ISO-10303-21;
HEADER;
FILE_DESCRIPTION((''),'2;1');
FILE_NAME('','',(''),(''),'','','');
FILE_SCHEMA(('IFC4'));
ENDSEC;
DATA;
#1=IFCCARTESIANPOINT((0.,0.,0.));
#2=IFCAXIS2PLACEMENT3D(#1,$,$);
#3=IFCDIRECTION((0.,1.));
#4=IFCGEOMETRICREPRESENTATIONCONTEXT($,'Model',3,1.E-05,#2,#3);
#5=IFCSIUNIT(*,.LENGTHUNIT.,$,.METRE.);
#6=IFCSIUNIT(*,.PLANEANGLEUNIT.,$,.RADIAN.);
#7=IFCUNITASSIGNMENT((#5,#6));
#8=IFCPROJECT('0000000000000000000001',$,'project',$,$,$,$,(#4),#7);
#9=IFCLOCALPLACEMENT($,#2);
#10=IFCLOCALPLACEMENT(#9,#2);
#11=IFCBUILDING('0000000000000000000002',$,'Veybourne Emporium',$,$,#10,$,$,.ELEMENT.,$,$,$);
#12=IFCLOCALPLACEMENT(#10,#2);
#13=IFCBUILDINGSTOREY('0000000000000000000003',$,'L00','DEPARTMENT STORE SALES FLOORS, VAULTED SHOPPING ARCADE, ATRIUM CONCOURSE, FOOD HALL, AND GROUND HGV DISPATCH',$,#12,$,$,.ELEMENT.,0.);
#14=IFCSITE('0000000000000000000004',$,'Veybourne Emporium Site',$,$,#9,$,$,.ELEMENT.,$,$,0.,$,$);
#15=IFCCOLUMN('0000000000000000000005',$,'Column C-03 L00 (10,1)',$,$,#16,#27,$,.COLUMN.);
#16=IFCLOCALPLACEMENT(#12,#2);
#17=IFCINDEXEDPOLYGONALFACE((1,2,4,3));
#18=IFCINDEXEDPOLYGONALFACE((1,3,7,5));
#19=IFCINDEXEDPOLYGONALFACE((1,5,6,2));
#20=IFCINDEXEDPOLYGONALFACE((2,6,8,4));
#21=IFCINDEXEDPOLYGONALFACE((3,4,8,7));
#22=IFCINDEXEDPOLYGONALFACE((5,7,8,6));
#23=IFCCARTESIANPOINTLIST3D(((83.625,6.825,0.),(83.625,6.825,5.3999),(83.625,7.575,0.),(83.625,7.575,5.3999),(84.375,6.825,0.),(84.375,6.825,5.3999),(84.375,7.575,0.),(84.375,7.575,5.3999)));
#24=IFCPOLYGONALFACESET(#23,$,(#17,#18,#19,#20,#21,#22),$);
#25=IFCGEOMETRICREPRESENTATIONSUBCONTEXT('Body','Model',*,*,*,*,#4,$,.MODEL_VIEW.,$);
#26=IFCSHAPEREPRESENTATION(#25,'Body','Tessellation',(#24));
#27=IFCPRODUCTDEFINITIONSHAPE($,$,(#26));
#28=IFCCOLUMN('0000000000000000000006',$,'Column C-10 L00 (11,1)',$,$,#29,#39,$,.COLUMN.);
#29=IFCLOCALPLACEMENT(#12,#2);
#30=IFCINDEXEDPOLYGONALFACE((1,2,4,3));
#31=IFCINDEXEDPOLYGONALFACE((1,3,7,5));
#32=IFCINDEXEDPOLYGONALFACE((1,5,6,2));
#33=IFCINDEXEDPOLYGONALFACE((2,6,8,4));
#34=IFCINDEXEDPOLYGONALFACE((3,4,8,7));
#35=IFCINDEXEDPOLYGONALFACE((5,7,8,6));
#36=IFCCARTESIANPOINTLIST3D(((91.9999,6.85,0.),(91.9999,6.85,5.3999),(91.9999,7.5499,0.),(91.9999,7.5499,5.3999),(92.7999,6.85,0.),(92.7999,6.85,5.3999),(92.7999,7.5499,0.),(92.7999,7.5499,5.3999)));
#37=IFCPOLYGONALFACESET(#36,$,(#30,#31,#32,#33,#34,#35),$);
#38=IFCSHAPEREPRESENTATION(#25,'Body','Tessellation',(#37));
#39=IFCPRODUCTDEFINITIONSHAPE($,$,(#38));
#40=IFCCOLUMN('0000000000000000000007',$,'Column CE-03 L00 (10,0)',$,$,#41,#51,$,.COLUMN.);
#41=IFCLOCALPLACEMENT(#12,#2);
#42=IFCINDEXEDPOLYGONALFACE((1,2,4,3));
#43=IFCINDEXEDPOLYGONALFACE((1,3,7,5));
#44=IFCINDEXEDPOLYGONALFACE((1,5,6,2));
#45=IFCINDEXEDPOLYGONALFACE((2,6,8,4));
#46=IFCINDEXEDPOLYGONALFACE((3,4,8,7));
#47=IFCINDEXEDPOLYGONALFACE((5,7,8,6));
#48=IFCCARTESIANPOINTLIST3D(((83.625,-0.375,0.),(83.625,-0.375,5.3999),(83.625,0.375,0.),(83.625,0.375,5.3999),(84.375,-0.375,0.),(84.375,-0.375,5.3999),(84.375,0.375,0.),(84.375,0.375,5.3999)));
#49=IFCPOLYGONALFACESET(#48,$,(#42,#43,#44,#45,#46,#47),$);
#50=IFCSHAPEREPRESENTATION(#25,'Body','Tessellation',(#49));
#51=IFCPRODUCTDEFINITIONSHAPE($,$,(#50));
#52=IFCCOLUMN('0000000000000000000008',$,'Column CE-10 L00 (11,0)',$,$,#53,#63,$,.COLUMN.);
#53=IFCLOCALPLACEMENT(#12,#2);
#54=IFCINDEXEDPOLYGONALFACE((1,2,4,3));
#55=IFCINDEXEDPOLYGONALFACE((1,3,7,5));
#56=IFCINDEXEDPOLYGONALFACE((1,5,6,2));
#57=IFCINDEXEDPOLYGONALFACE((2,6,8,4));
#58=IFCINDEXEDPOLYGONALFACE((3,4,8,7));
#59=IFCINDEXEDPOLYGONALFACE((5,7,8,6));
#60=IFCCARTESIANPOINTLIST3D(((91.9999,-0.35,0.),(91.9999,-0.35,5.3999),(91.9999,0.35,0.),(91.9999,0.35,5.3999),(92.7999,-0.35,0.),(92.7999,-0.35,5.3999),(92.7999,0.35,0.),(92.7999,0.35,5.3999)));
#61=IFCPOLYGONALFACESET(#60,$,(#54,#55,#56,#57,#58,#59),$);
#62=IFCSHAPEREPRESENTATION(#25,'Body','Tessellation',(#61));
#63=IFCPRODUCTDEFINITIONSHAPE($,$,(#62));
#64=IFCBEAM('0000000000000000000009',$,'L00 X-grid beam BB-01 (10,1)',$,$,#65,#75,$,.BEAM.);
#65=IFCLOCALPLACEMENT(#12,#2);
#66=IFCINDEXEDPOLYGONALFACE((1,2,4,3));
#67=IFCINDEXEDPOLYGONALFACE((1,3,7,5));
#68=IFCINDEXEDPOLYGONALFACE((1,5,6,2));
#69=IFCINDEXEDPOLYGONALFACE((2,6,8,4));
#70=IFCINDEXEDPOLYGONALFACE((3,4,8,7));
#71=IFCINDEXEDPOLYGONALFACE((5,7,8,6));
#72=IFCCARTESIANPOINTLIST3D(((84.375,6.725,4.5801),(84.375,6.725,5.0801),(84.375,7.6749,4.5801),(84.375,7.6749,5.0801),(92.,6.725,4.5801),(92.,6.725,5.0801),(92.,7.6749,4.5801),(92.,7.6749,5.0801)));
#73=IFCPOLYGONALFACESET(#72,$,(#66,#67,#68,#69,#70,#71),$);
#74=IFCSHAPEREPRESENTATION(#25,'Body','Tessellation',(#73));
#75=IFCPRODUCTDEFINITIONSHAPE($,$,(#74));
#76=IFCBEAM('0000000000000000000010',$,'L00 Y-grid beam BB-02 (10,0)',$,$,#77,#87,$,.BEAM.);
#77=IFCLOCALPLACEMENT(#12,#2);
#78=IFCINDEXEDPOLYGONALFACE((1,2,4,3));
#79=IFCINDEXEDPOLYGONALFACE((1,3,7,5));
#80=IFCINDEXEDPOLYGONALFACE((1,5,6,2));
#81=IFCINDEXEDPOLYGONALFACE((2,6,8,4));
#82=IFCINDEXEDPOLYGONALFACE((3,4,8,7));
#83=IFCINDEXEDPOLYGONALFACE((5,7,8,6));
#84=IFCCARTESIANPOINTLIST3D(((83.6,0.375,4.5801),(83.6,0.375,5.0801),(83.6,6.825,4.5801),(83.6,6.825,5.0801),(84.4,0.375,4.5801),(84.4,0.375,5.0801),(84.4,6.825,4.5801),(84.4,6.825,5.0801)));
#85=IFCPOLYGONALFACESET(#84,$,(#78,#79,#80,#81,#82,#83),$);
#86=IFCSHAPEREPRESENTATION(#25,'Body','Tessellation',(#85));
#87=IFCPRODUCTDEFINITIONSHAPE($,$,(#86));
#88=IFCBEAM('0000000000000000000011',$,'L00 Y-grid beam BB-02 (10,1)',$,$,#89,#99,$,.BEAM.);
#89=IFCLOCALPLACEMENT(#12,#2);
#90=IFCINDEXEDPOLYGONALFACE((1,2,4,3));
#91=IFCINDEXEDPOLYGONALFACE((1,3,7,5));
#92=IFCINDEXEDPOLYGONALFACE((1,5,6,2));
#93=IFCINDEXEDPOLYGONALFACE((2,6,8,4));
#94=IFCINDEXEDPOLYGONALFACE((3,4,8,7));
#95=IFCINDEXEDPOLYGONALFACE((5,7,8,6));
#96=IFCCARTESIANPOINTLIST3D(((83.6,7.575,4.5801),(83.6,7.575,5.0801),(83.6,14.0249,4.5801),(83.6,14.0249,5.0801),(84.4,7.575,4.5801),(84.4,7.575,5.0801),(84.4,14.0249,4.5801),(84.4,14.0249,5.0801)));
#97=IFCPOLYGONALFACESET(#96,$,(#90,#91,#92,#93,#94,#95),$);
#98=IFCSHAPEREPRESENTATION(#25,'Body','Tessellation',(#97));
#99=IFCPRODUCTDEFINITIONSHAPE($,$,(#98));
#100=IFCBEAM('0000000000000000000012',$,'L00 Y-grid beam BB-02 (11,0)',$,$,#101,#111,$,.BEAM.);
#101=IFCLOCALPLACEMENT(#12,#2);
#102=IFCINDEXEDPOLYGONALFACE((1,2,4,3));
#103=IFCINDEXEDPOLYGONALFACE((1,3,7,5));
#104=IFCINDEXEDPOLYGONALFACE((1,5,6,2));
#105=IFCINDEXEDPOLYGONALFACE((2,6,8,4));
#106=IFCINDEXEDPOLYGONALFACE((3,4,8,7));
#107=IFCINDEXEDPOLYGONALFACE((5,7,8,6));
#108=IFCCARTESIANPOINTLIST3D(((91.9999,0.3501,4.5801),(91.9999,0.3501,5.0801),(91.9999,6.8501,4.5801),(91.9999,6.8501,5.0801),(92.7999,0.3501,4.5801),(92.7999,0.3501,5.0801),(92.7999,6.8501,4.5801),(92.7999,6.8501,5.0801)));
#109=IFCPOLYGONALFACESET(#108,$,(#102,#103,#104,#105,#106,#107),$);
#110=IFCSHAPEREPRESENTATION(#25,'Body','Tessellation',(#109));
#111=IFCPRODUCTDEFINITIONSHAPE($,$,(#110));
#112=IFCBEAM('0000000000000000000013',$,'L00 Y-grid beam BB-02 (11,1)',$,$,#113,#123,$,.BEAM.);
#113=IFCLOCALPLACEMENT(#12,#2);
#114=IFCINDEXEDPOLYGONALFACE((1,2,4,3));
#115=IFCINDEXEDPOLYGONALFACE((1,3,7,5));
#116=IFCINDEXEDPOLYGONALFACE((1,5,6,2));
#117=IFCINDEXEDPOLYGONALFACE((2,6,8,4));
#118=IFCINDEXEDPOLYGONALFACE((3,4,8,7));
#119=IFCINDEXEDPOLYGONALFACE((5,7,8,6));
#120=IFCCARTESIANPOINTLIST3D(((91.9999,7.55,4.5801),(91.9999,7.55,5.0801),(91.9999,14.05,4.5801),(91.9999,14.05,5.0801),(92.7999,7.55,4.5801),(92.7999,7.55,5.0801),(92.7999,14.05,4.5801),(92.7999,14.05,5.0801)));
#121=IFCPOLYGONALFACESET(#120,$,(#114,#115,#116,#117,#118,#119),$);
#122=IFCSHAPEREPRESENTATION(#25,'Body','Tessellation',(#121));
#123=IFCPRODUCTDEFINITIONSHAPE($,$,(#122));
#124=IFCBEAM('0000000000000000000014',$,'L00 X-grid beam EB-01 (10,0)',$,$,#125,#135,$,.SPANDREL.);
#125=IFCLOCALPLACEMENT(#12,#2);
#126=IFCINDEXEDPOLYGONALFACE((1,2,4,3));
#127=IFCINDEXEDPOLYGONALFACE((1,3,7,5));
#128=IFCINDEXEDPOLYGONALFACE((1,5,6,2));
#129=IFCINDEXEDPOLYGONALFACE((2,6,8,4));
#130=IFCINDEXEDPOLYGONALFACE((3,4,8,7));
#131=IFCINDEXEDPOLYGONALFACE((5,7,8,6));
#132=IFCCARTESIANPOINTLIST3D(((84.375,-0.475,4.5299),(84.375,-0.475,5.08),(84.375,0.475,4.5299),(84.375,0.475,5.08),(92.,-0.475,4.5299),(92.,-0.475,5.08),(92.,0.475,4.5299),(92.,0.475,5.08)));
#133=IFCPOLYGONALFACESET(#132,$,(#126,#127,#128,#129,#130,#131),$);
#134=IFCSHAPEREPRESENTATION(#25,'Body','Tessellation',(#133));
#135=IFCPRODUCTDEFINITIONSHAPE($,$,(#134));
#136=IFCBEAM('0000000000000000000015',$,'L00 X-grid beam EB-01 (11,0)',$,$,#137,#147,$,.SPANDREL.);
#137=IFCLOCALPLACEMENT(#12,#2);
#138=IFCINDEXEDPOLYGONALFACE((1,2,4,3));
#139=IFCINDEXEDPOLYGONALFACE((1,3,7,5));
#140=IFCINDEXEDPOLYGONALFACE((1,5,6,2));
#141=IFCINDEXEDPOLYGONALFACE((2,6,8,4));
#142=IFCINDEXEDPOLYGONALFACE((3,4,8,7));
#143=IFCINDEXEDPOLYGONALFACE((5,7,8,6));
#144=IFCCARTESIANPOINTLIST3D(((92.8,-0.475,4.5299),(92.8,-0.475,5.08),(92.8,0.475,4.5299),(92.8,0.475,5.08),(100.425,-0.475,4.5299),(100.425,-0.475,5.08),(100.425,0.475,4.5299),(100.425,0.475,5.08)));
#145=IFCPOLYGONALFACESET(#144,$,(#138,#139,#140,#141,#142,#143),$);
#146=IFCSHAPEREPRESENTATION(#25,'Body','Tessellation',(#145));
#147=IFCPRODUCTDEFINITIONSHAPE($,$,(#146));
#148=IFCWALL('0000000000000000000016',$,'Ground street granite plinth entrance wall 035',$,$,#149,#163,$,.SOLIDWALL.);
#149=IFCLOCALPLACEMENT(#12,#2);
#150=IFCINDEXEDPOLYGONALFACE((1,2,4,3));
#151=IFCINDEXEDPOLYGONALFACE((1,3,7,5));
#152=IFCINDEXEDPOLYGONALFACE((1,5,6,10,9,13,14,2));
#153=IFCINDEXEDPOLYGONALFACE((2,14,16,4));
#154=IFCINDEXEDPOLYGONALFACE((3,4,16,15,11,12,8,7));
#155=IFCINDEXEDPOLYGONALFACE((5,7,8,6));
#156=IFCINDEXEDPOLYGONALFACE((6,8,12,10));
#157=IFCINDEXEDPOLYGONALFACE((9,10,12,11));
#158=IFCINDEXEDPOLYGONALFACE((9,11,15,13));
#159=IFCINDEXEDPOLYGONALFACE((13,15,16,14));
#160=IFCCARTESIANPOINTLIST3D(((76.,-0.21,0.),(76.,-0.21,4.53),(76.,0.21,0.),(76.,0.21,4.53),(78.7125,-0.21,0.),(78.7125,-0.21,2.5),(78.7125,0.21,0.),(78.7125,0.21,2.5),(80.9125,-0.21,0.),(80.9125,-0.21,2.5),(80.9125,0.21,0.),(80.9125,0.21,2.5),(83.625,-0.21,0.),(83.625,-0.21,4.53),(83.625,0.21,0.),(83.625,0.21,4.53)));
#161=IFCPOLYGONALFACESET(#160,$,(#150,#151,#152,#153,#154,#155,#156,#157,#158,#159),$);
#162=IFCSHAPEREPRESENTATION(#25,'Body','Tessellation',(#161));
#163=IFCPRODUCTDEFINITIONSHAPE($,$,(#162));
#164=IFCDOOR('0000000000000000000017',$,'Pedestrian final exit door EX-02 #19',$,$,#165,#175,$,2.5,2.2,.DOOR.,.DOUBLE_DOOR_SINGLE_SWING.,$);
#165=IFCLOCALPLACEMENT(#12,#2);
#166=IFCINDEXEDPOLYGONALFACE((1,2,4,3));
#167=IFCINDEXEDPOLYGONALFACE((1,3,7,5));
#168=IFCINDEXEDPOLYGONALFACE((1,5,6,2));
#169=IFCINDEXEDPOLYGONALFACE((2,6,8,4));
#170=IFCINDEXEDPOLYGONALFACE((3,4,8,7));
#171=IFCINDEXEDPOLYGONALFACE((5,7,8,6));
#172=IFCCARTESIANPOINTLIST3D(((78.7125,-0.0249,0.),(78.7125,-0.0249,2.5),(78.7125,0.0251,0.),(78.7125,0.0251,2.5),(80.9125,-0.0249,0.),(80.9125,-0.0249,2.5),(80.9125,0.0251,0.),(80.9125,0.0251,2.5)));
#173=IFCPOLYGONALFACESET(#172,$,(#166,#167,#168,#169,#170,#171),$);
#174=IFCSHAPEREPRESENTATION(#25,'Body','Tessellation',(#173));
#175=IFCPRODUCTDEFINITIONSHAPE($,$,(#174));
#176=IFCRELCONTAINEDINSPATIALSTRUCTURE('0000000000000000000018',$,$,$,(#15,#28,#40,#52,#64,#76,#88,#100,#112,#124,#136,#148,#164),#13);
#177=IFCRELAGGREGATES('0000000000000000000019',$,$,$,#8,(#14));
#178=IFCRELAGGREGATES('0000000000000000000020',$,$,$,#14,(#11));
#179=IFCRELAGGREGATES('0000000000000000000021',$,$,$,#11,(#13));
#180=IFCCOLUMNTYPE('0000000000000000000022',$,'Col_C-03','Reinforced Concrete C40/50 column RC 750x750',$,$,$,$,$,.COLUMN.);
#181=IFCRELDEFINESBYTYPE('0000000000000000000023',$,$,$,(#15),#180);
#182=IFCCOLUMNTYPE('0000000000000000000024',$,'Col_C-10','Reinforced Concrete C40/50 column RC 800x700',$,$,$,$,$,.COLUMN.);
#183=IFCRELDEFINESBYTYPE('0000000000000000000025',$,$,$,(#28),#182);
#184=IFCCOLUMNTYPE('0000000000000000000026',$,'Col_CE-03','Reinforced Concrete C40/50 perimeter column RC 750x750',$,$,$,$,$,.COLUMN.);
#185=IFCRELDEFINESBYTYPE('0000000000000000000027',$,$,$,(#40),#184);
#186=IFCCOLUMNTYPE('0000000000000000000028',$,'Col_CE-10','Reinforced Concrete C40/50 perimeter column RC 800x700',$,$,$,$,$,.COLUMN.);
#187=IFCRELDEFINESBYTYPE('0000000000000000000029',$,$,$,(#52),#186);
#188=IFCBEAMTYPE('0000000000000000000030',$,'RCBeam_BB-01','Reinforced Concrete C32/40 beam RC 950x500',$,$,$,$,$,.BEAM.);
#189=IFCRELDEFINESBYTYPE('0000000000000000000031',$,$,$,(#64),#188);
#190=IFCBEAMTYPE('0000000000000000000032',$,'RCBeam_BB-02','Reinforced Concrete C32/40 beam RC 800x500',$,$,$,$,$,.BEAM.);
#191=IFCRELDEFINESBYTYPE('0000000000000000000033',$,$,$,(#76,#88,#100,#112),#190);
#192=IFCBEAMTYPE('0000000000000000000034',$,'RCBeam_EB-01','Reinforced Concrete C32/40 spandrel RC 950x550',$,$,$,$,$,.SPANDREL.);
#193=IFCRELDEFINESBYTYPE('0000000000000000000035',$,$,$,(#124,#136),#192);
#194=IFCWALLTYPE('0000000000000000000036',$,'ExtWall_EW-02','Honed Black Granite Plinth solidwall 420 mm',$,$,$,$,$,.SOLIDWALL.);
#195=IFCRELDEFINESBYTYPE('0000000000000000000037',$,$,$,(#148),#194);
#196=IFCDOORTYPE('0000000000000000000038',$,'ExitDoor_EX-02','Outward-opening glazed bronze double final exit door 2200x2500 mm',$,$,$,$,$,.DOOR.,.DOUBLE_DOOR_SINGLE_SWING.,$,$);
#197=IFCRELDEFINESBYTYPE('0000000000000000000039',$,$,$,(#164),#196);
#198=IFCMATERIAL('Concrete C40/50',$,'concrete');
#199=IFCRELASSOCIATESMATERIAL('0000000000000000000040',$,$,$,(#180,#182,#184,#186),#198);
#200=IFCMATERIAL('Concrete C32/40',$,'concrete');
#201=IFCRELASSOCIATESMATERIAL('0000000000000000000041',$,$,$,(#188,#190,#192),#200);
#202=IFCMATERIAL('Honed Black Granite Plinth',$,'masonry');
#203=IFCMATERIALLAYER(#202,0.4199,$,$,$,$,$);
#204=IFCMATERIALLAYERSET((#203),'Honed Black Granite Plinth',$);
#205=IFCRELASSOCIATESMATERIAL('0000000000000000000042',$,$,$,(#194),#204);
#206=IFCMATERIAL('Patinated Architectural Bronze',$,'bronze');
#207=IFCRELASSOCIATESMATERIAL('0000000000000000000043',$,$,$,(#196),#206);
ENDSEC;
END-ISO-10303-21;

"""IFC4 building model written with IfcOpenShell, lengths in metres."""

from ifc_helpers import new_model, si_unit, direction, frame, frame_2d, origin, origin_2d, place, context, subcontext, project, spatial, rectangle, extrude, material, layer, layer_set, material_profile, profile_set, type_object, element, fill, save


model = new_model("IFC4")

# Units and contexts
model_context = context("Model", 3, precision=1e-05, world=origin(), true_north=direction((0.0, 1.0)))
body_context = subcontext(model_context, "Body", "Model", "MODEL_VIEW")
ifc_project = project(units=[si_unit("LENGTHUNIT", "METRE"), si_unit("PLANEANGLEUNIT", "RADIAN")], contexts=[model_context])

# Site, building, storey
site_placement = place(None, origin())
site = spatial("IfcSite", under=ifc_project, at=site_placement, Name="Veybourne Emporium Site", CompositionType="ELEMENT", RefElevation=0.0)
building_placement = place(site_placement, origin())
building = spatial("IfcBuilding", under=site, at=building_placement, Name="Veybourne Emporium", CompositionType="ELEMENT")
storey_placement = place(building_placement, origin())
storey = spatial("IfcBuildingStorey", under=building, at=storey_placement, Name="L00", Description="DEPARTMENT STORE SALES FLOORS, VAULTED SHOPPING ARCADE, ATRIUM CONCOURSE, FOOD HALL, AND GROUND HGV DISPATCH", CompositionType="ELEMENT", Elevation=0.0)

# Columns
ifc_material_1 = material(Name="Concrete C40/50", Category="concrete")
ifc_material_profile_1 = material_profile(ifc_material_1, rectangle(XDim=0.75, YDim=0.75, at=origin_2d()), Name="RC 750x750")
ifc_profile_set_1 = profile_set([ifc_material_profile_1], Name="Concrete C40/50")
column_type_1 = type_object("IfcColumnType", Name="Col_C-03", Description="Reinforced Concrete C40/50 column RC 750x750", PredefinedType="COLUMN", material=ifc_profile_set_1)
column_1_placement = place(storey_placement, frame((84.0, 7.2, 0.0), z_axis=(0.0, 0.0, 1.0), x_axis=(1.0, 0.0, 0.0)))
element("IfcColumn", 1, at=column_1_placement, inside=storey, type_object=column_type_1, Name="Column C-03 L00 (10,1)", PredefinedType="COLUMN", context=body_context, shape_type="SweptSolid", body=[
    extrude(rectangle(XDim=0.75, YDim=0.75, at=origin_2d()), origin(), (0.0, 0.0, 1.0), 5.3999),
])
ifc_material_profile_2 = material_profile(ifc_material_1, rectangle(XDim=0.8, YDim=0.7, at=origin_2d()), Name="RC 800x700")
ifc_profile_set_2 = profile_set([ifc_material_profile_2], Name="Concrete C40/50")
column_type_2 = type_object("IfcColumnType", Name="Col_C-10", Description="Reinforced Concrete C40/50 column RC 800x700", PredefinedType="COLUMN", material=ifc_profile_set_2)
column_2_placement = place(storey_placement, frame((92.3999, 7.2, 0.0), z_axis=(0.0, 0.0, 1.0), x_axis=(1.0, 0.0, 0.0)))
element("IfcColumn", 2, at=column_2_placement, inside=storey, type_object=column_type_2, Name="Column C-10 L00 (11,1)", PredefinedType="COLUMN", context=body_context, shape_type="SweptSolid", body=[
    extrude(rectangle(XDim=0.8, YDim=0.7, at=origin_2d()), origin(), (0.0, 0.0, 1.0), 5.3999),
])
ifc_material_profile_3 = material_profile(ifc_material_1, rectangle(XDim=0.75, YDim=0.75, at=origin_2d()), Name="RC 750x750")
ifc_profile_set_3 = profile_set([ifc_material_profile_3], Name="Concrete C40/50")
column_type_3 = type_object("IfcColumnType", Name="Col_CE-03", Description="Reinforced Concrete C40/50 perimeter column RC 750x750", PredefinedType="COLUMN", material=ifc_profile_set_3)
column_3_placement = place(storey_placement, frame((84.0, 0.0, 0.0), z_axis=(0.0, 0.0, 1.0), x_axis=(1.0, 0.0, 0.0)))
element("IfcColumn", 3, at=column_3_placement, inside=storey, type_object=column_type_3, Name="Column CE-03 L00 (10,0)", PredefinedType="COLUMN", context=body_context, shape_type="SweptSolid", body=[
    extrude(rectangle(XDim=0.75, YDim=0.75, at=origin_2d()), origin(), (0.0, 0.0, 1.0), 5.3999),
])
ifc_material_profile_4 = material_profile(ifc_material_1, rectangle(XDim=0.8, YDim=0.7, at=origin_2d()), Name="RC 800x700")
ifc_profile_set_4 = profile_set([ifc_material_profile_4], Name="Concrete C40/50")
column_type_4 = type_object("IfcColumnType", Name="Col_CE-10", Description="Reinforced Concrete C40/50 perimeter column RC 800x700", PredefinedType="COLUMN", material=ifc_profile_set_4)
column_4_placement = place(storey_placement, frame((92.3999, 0.0, 0.0), z_axis=(0.0, 0.0, 1.0), x_axis=(1.0, 0.0, 0.0)))
element("IfcColumn", 4, at=column_4_placement, inside=storey, type_object=column_type_4, Name="Column CE-10 L00 (11,0)", PredefinedType="COLUMN", context=body_context, shape_type="SweptSolid", body=[
    extrude(rectangle(XDim=0.8, YDim=0.7, at=origin_2d()), origin(), (0.0, 0.0, 1.0), 5.3999),
])

# Beams
ifc_material_2 = material(Name="Concrete C32/40", Category="concrete")
ifc_material_profile_5 = material_profile(ifc_material_2, rectangle(XDim=0.95, YDim=0.5, at=origin_2d()), Name="RC 950x500")
ifc_profile_set_5 = profile_set([ifc_material_profile_5], Name="Concrete C32/40")
beam_type_1 = type_object("IfcBeamType", Name="RCBeam_BB-01", Description="Reinforced Concrete C32/40 beam RC 950x500", PredefinedType="BEAM", material=ifc_profile_set_5)
beam_placement = place(storey_placement, frame((84.375, 7.2, 4.8301), z_axis=(1.0, 0.0, 0.0), x_axis=(0.0, 1.0, 0.0)))
element("IfcBeam", 5, at=beam_placement, inside=storey, type_object=beam_type_1, Name="L00 X-grid beam BB-01 (10,1)", PredefinedType="BEAM", context=body_context, shape_type="SweptSolid", body=[
    extrude(rectangle(XDim=0.95, YDim=0.5, at=origin_2d()), origin(), (0.0, 0.0, 1.0), 7.625),
])
ifc_material_profile_6 = material_profile(ifc_material_2, rectangle(XDim=0.8, YDim=0.5, at=origin_2d()), Name="RC 800x500")
ifc_profile_set_6 = profile_set([ifc_material_profile_6], Name="Concrete C32/40")
beam_type_2 = type_object("IfcBeamType", Name="RCBeam_BB-02", Description="Reinforced Concrete C32/40 beam RC 800x500", PredefinedType="BEAM", material=ifc_profile_set_6)
for number, where, z_axis, x_axis, name in (
    (6, (84.0, 0.375, 4.8301), (0.0, 1.0, 0.0), (-1.0, 0.0, 0.0), "L00 Y-grid beam BB-02 (10,0)"),
    (7, (84.0, 7.575, 4.8301), (0.0, 1.0, 0.0), (-1.0, 0.0, 0.0), "L00 Y-grid beam BB-02 (10,1)"),
):
    element("IfcBeam", number, at=place(storey_placement, frame(where, z_axis=z_axis, x_axis=x_axis)), inside=storey, type_object=beam_type_2, Name=name, PredefinedType="BEAM", context=body_context, shape_type="SweptSolid", body=[
        extrude(rectangle(XDim=0.8, YDim=0.5, at=origin_2d()), origin(), (0.0, 0.0, 1.0), 6.45),
    ])
for number, where, z_axis, x_axis, name in (
    (8, (92.3999, 0.3501, 4.8301), (0.0, 1.0, 0.0), (-1.0, 0.0, 0.0), "L00 Y-grid beam BB-02 (11,0)"),
    (9, (92.3999, 7.55, 4.8301), (0.0, 1.0, 0.0), (-1.0, 0.0, 0.0), "L00 Y-grid beam BB-02 (11,1)"),
):
    element("IfcBeam", number, at=place(storey_placement, frame(where, z_axis=z_axis, x_axis=x_axis)), inside=storey, type_object=beam_type_2, Name=name, PredefinedType="BEAM", context=body_context, shape_type="SweptSolid", body=[
        extrude(rectangle(XDim=0.8, YDim=0.5, at=origin_2d()), origin(), (0.0, 0.0, 1.0), 6.5),
    ])
ifc_material_profile_7 = material_profile(ifc_material_2, rectangle(XDim=0.95, YDim=0.55, at=origin_2d()), Name="RC 950x550")
ifc_profile_set_7 = profile_set([ifc_material_profile_7], Name="Concrete C32/40")
beam_type_3 = type_object("IfcBeamType", Name="RCBeam_EB-01", Description="Reinforced Concrete C32/40 spandrel RC 950x550", PredefinedType="SPANDREL", material=ifc_profile_set_7)
for number, where, z_axis, x_axis, name in (
    (10, (84.375, 0.0, 4.8049), (1.0, 0.0, 0.0), (0.0, 1.0, 0.0), "L00 X-grid beam EB-01 (10,0)"),
    (11, (92.8, 0.0, 4.8049), (1.0, 0.0, 0.0), (0.0, 1.0, 0.0), "L00 X-grid beam EB-01 (11,0)"),
):
    element("IfcBeam", number, at=place(storey_placement, frame(where, z_axis=z_axis, x_axis=x_axis)), inside=storey, type_object=beam_type_3, Name=name, PredefinedType="SPANDREL", context=body_context, shape_type="SweptSolid", body=[
        extrude(rectangle(XDim=0.95, YDim=0.55, at=origin_2d()), origin(), (0.0, 0.0, 1.0), 7.625),
    ])

# Wall, opening, door
ifc_material_3 = material(Name="Honed Black Granite Plinth", Category="masonry")
ifc_layer_1 = layer(ifc_material_3, 0.4199)
ifc_layer_set_1 = layer_set([ifc_layer_1], Name="Honed Black Granite Plinth")
wall_type_1 = type_object("IfcWallType", Name="ExtWall_EW-02", Description="Honed Black Granite Plinth solidwall 420 mm", PredefinedType="SOLIDWALL", material=ifc_layer_set_1)
wall_1_placement = place(storey_placement, frame((83.625, 0.0, 0.0), z_axis=(0.0, 0.0, 1.0), x_axis=(-1.0, 0.0, 0.0)))
wall_1 = element("IfcWall", 12, at=wall_1_placement, inside=storey, type_object=wall_type_1, Name="Ground street granite plinth entrance wall 035", PredefinedType="SOLIDWALL", context=body_context, shape_type="SweptSolid", body=[
    extrude(rectangle(XDim=7.625, YDim=0.4199, at=frame_2d((3.8125, 0.0))), origin(), (0.0, 0.0, 1.0), 4.53),
])
opening_1_placement = place(wall_1_placement, frame((2.7124, 0.0, 0.0)))
opening_1 = element("IfcOpeningElement", 13, at=opening_1_placement, cuts=wall_1, PredefinedType="OPENING", context=body_context, shape_type="SweptSolid", body=[
    extrude(rectangle(XDim=2.2, YDim=2.5, at=frame_2d((1.1001, 1.25))), frame((0.0, 0.23, 0.0), z_axis=(0.0, -1.0, 0.0), x_axis=(1.0, 0.0, 0.0)), (0.0, 0.0, 1.0), 0.46),
])
ifc_material_4 = material(Name="Patinated Architectural Bronze", Category="bronze")
door_type_1 = type_object("IfcDoorType", Name="ExitDoor_EX-02", Description="Outward-opening glazed bronze double final exit door 2200x2500 mm", OperationType="DOUBLE_DOOR_SINGLE_SWING", PredefinedType="DOOR", material=ifc_material_4)
door_1_placement = place(opening_1_placement, origin())
door_1 = element("IfcDoor", 14, at=door_1_placement, inside=storey, type_object=door_type_1, Name="Pedestrian final exit door EX-02 #19", OperationType="DOUBLE_DOOR_SINGLE_SWING", OverallHeight=2.5, OverallWidth=2.2, PredefinedType="DOOR", context=body_context, shape_type="SweptSolid", body=[
    extrude(rectangle(XDim=2.2, YDim=2.5, at=frame_2d((1.1001, 1.25))), frame((0.0, 0.0249, 0.0), z_axis=(0.0, -1.0, 0.0), x_axis=(1.0, 0.0, 0.0)), (0.0, 0.0, 1.0), 0.05),
])
fill(opening_1, door_1)

save(model, "model.ifc")
